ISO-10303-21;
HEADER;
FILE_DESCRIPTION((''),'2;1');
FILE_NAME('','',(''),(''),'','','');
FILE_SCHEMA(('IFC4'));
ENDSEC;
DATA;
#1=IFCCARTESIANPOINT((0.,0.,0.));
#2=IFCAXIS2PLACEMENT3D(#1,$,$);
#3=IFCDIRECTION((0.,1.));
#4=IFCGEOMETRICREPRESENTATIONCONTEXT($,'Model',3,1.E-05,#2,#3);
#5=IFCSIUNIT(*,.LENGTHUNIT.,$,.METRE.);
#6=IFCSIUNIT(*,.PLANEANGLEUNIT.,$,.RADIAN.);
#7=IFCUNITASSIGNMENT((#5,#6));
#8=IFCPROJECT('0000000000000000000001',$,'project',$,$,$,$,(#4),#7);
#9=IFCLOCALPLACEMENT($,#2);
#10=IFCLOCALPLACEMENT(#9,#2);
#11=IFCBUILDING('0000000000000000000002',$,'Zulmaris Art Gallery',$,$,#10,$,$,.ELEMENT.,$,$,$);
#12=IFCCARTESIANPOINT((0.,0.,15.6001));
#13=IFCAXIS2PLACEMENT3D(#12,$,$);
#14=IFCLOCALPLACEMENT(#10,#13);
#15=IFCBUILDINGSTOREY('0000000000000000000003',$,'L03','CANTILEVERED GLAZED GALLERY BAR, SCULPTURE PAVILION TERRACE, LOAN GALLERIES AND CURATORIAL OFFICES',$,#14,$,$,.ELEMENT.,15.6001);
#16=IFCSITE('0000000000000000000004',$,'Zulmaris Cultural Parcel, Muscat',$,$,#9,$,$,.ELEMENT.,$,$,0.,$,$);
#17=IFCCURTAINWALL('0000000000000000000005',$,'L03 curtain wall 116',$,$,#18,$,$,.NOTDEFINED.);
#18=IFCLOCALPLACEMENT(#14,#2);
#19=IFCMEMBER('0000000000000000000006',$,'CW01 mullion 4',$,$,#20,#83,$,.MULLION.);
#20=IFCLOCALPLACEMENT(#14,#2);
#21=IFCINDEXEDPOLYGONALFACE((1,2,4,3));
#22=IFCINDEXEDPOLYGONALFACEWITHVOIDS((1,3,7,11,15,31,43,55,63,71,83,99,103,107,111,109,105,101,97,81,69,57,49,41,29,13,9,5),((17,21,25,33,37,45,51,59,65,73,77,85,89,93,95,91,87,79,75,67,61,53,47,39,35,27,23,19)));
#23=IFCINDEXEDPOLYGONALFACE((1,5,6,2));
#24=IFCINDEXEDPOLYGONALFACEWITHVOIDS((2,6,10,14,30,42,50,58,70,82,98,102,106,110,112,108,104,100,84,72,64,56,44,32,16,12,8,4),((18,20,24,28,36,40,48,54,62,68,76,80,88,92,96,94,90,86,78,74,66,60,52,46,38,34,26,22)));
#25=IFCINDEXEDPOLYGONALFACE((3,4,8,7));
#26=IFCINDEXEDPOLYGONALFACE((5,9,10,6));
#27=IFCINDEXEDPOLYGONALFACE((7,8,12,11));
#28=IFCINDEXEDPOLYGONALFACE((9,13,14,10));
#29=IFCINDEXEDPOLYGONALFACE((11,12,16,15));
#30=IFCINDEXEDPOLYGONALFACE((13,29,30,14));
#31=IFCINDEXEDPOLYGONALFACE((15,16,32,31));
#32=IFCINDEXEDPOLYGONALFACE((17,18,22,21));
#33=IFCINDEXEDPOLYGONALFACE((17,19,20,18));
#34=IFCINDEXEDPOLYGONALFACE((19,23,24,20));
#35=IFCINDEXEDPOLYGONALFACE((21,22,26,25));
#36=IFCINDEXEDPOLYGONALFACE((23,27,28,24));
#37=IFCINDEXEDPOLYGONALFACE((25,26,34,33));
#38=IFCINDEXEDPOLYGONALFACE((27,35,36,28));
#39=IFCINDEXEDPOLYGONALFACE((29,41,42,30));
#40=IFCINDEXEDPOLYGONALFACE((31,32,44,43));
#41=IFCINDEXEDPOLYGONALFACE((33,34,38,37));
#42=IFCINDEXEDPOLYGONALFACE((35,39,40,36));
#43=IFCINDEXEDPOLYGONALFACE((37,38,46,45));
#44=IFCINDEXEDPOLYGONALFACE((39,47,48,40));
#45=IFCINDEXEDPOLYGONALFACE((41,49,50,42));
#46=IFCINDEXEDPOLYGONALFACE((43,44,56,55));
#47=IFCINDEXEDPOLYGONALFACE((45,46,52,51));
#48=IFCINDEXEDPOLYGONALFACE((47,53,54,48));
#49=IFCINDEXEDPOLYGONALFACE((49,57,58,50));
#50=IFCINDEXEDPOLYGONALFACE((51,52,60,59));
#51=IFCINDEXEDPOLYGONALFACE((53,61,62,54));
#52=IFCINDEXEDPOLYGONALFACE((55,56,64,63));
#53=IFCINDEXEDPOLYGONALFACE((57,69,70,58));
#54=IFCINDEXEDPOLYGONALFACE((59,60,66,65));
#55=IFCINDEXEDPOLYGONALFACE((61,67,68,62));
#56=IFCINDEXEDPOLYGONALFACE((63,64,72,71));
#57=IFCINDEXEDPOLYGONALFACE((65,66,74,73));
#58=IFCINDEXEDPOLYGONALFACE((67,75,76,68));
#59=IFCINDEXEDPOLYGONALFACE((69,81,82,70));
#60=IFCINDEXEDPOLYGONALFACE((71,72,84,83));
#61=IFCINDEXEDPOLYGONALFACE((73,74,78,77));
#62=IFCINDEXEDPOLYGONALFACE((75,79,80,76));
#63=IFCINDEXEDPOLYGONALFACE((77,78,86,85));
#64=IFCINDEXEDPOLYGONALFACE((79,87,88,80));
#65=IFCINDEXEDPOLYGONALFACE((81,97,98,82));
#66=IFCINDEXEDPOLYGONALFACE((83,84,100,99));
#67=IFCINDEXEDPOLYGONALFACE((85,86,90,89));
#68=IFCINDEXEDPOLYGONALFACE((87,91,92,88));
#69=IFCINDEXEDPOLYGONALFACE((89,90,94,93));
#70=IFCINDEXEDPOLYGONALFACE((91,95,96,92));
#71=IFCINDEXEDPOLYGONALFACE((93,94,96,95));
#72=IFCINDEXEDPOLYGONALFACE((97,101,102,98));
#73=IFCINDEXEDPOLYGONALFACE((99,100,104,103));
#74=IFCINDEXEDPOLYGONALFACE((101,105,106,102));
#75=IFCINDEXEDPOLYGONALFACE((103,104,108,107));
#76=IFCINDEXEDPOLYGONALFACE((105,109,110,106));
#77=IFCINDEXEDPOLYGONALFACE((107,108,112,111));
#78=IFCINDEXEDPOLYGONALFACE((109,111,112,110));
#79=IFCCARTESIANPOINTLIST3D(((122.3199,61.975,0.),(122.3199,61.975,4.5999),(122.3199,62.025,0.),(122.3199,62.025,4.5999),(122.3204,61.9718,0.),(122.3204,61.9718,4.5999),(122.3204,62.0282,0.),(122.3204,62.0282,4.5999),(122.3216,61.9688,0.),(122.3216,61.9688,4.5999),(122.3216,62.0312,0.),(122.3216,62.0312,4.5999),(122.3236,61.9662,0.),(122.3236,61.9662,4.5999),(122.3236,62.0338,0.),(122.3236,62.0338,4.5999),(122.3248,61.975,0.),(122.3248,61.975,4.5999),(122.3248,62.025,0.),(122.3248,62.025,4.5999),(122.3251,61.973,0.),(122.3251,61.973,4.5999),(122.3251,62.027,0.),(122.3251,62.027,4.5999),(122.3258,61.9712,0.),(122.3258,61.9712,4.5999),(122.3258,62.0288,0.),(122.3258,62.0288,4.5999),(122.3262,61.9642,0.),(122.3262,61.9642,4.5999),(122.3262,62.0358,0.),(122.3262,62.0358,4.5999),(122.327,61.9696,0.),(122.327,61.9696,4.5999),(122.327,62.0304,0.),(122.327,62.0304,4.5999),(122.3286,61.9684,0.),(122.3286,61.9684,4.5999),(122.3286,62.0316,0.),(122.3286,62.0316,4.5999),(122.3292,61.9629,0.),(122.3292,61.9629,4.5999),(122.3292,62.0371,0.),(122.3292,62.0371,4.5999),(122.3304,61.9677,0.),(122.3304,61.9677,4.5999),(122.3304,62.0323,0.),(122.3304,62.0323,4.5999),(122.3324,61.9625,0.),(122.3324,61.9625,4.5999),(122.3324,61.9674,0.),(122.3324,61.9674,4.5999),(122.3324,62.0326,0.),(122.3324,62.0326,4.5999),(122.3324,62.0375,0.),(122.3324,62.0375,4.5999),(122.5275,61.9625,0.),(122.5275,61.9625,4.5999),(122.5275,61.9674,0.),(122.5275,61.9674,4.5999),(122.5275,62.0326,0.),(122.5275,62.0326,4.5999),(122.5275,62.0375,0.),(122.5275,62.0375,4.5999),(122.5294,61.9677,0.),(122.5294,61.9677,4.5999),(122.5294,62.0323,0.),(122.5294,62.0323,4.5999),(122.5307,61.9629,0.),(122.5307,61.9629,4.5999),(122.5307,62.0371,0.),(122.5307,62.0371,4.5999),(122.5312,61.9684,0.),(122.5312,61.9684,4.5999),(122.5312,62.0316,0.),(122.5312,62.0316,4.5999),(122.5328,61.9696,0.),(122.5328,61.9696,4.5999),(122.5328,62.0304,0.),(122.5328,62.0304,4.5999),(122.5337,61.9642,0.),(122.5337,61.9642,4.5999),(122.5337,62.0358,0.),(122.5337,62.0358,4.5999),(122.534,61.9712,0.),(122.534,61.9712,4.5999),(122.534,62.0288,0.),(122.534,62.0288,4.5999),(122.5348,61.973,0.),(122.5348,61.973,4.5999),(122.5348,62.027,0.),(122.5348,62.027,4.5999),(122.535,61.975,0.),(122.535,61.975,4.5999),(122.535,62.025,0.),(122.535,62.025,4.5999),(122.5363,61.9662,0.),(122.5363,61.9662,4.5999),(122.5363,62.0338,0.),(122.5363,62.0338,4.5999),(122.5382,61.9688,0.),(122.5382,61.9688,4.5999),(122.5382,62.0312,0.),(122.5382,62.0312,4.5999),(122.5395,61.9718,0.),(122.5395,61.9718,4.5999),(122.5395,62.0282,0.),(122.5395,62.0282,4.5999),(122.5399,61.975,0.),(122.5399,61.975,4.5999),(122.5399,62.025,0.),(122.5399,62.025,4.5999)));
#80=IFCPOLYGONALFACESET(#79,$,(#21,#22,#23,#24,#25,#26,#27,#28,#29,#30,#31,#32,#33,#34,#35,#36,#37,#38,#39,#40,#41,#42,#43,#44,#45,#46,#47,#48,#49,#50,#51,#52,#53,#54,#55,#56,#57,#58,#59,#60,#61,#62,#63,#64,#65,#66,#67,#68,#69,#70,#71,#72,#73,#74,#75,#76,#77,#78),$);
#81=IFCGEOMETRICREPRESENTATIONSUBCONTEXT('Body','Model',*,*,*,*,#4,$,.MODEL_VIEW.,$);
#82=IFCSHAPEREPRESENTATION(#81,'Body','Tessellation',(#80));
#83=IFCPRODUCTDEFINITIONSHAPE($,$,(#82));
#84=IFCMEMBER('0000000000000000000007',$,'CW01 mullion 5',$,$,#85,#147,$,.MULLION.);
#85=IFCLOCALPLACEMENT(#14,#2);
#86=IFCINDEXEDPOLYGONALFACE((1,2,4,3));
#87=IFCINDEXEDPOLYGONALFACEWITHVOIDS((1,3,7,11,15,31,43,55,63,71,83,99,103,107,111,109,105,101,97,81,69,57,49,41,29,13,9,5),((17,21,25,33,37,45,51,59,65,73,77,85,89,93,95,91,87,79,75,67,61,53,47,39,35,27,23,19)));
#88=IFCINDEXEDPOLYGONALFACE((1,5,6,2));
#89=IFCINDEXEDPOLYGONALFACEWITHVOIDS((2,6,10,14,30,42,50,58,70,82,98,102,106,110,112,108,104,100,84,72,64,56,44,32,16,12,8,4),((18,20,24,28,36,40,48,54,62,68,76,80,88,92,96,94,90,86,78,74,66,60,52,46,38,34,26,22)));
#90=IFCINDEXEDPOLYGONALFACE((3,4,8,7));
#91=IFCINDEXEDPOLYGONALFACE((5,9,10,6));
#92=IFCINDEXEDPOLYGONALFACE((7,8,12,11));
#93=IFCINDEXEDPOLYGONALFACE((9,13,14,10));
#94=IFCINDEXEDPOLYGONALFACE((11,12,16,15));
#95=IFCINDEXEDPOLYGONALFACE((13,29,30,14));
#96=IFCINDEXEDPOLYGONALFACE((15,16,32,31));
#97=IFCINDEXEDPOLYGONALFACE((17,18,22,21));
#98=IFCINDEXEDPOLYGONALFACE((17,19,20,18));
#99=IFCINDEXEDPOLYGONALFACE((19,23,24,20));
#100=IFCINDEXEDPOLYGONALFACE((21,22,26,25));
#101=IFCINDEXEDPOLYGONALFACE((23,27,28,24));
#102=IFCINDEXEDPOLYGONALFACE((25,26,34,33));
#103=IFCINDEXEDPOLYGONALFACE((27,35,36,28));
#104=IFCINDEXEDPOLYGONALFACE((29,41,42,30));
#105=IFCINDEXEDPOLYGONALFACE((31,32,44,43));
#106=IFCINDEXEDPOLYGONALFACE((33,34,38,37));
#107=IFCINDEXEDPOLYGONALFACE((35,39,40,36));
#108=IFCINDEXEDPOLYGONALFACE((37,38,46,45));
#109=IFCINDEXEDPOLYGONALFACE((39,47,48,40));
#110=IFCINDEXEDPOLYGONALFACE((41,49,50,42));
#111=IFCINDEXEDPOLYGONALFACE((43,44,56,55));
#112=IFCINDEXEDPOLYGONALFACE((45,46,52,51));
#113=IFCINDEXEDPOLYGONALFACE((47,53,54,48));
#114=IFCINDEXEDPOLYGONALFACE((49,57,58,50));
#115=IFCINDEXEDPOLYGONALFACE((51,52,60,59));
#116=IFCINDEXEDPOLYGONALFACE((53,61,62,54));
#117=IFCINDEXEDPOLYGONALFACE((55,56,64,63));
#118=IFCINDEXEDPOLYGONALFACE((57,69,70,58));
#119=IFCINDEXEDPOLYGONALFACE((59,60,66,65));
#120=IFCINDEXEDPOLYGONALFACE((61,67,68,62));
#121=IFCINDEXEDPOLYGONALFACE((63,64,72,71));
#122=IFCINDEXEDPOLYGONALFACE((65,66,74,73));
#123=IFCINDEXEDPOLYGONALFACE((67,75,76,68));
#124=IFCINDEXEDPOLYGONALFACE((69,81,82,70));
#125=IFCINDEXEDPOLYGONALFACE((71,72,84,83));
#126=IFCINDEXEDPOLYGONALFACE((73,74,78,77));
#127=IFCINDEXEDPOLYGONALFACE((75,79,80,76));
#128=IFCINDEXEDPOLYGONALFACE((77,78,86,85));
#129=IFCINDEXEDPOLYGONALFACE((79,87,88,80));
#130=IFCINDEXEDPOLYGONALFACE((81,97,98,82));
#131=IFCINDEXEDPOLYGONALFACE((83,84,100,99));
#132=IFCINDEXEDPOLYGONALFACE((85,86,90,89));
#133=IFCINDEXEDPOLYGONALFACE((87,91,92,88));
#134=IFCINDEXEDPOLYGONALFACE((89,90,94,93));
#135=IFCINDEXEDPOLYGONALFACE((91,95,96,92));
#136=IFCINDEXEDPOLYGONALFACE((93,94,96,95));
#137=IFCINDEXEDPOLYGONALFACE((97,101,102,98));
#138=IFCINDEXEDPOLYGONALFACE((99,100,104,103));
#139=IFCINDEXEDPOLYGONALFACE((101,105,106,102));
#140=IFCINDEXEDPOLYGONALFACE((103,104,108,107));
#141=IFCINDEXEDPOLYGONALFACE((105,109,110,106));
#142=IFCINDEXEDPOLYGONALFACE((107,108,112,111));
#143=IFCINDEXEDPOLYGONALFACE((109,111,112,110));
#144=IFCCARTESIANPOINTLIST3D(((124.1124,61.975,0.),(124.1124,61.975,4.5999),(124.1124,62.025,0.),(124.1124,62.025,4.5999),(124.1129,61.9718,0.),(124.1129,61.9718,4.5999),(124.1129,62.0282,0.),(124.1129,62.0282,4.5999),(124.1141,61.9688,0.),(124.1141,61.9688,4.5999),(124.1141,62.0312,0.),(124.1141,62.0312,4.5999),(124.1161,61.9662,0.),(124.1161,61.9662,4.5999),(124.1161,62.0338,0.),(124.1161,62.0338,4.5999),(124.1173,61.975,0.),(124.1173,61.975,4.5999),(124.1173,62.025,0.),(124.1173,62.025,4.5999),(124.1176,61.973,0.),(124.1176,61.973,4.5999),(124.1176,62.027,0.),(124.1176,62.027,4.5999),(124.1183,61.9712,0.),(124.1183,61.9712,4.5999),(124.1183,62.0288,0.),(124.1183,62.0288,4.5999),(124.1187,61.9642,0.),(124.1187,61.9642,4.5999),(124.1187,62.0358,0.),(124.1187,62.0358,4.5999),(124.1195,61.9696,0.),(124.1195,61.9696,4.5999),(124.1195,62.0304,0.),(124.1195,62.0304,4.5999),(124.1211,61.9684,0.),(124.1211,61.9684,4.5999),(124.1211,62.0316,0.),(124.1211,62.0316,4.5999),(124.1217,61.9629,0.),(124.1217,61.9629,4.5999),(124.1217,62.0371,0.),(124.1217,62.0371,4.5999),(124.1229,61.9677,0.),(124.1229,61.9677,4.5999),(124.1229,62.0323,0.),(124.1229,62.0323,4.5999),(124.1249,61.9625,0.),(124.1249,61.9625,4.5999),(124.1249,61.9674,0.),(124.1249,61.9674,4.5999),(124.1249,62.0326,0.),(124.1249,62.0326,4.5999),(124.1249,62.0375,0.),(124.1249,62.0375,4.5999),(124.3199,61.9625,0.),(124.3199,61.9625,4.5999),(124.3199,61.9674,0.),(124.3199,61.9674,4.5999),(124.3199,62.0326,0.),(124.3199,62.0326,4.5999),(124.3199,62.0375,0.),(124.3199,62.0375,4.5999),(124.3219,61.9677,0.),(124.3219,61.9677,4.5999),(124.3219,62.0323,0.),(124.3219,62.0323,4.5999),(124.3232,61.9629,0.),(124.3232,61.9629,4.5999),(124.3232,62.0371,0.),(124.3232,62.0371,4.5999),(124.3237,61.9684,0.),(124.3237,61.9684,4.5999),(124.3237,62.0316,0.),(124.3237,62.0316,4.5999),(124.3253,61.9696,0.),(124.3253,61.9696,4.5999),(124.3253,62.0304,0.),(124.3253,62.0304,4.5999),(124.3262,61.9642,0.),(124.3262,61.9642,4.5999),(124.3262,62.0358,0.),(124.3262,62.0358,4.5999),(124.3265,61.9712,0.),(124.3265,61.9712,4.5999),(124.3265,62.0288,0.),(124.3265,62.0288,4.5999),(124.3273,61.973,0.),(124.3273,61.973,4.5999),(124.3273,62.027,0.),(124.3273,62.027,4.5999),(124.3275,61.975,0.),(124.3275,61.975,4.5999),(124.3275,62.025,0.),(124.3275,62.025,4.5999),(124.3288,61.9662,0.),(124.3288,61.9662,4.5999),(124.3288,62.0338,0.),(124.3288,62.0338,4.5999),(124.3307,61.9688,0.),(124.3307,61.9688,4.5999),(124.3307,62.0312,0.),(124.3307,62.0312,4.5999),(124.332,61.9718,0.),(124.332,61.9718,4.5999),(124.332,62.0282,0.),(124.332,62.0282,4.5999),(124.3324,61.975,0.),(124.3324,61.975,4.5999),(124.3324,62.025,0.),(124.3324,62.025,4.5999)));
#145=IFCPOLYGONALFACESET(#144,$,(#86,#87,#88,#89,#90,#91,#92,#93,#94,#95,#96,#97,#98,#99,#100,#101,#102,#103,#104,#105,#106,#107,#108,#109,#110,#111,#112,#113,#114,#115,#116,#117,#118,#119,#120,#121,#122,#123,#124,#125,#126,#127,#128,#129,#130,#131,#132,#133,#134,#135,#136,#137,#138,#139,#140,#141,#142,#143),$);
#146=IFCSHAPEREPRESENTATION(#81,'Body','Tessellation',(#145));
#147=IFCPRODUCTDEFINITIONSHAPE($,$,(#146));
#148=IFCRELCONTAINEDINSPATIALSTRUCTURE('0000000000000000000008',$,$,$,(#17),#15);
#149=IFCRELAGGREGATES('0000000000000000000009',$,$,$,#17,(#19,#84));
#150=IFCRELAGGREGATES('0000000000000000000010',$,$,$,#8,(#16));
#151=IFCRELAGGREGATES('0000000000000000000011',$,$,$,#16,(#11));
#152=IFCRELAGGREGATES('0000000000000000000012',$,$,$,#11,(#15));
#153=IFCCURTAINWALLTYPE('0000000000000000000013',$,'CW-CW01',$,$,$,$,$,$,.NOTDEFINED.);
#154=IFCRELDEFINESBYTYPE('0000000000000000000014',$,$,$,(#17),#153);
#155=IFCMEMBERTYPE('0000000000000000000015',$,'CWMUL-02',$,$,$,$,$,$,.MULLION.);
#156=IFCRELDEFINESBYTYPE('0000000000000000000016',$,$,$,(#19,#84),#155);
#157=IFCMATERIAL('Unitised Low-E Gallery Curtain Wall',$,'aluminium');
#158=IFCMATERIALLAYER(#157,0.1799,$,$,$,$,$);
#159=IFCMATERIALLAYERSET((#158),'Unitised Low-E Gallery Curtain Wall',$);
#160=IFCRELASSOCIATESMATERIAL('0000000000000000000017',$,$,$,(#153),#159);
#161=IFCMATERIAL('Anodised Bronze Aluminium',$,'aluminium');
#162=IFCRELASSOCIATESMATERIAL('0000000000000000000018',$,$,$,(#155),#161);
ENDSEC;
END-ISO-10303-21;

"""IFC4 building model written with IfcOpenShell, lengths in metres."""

from ifc_helpers import new_model, si_unit, direction, frame, origin, origin_2d, place, context, subcontext, project, spatial, hollow_rectangle, extrude, material, layer, layer_set, material_profile, profile_set, type_object, element, aggregate, save


model = new_model("IFC4")

# Units and contexts
model_context = context("Model", 3, precision=1e-05, world=origin(), true_north=direction((0.0, 1.0)))
body_context = subcontext(model_context, "Body", "Model", "MODEL_VIEW")
ifc_project = project(units=[si_unit("LENGTHUNIT", "METRE"), si_unit("PLANEANGLEUNIT", "RADIAN")], contexts=[model_context])

# Site, building, storey
site_placement = place(None, origin())
site = spatial("IfcSite", under=ifc_project, at=site_placement, Name="Zulmaris Cultural Parcel, Muscat", CompositionType="ELEMENT", RefElevation=0.0)
building_placement = place(site_placement, origin())
building = spatial("IfcBuilding", under=site, at=building_placement, Name="Zulmaris Art Gallery", CompositionType="ELEMENT")
storey_placement = place(building_placement, frame((0.0, 0.0, 15.6001)))
storey = spatial("IfcBuildingStorey", under=building, at=storey_placement, Name="L03", Description="CANTILEVERED GLAZED GALLERY BAR, SCULPTURE PAVILION TERRACE, LOAN GALLERIES AND CURATORIAL OFFICES", CompositionType="ELEMENT", Elevation=15.6001)

# Curtain wall, members
ifc_material_1 = material(Name="Unitised Low-E Gallery Curtain Wall", Category="aluminium")
ifc_layer_1 = layer(ifc_material_1, 0.1799)
ifc_layer_set_1 = layer_set([ifc_layer_1], Name="Unitised Low-E Gallery Curtain Wall")
curtain_wall_type = type_object("IfcCurtainWallType", Name="CW-CW01", PredefinedType="NOTDEFINED", material=ifc_layer_set_1)
curtain_wall_1_placement = place(storey_placement, origin())
curtain_wall_1 = element("IfcCurtainWall", 1, at=curtain_wall_1_placement, inside=storey, type_object=curtain_wall_type, Name="L03 curtain wall 116", PredefinedType="NOTDEFINED")
ifc_material_2 = material(Name="Anodised Bronze Aluminium", Category="aluminium")
ifc_material_profile_1 = material_profile(ifc_material_2, hollow_rectangle(XDim=0.075, YDim=0.22, WallThickness=0.0049, InnerFilletRadius=0.0076, OuterFilletRadius=0.0125, at=origin_2d()), Name="ALU 75x220x5")
ifc_profile_set_1 = profile_set([ifc_material_profile_1], Name="Anodised Bronze Aluminium")
member_type_1 = type_object("IfcMemberType", Name="CWMUL-02", PredefinedType="MULLION", material=ifc_profile_set_1)
member_1_placement = place(storey_placement, frame((122.4299, 62.0, 0.0), z_axis=(0.0, 0.0, 1.0), x_axis=(0.0, 1.0, 0.0)))
member_1 = element("IfcMember", 2, at=member_1_placement, type_object=member_type_1, Name="CW01 mullion 4", PredefinedType="MULLION", context=body_context, shape_type="SweptSolid", body=[
    extrude(hollow_rectangle(XDim=0.075, YDim=0.22, WallThickness=0.0049, InnerFilletRadius=0.0076, OuterFilletRadius=0.0125, at=origin_2d()), origin(), (0.0, 0.0, 1.0), 4.5999),
])
member_2_placement = place(storey_placement, frame((124.2224, 62.0, 0.0), z_axis=(0.0, 0.0, 1.0), x_axis=(0.0, 1.0, 0.0)))
member_2 = element("IfcMember", 3, at=member_2_placement, type_object=member_type_1, Name="CW01 mullion 5", PredefinedType="MULLION", context=body_context, shape_type="SweptSolid", body=[
    extrude(hollow_rectangle(XDim=0.075, YDim=0.22, WallThickness=0.0049, InnerFilletRadius=0.0076, OuterFilletRadius=0.0125, at=origin_2d()), origin(), (0.0, 0.0, 1.0), 4.5999),
])

aggregate(curtain_wall_1, [member_1, member_2])

save(model, "model.ifc")
